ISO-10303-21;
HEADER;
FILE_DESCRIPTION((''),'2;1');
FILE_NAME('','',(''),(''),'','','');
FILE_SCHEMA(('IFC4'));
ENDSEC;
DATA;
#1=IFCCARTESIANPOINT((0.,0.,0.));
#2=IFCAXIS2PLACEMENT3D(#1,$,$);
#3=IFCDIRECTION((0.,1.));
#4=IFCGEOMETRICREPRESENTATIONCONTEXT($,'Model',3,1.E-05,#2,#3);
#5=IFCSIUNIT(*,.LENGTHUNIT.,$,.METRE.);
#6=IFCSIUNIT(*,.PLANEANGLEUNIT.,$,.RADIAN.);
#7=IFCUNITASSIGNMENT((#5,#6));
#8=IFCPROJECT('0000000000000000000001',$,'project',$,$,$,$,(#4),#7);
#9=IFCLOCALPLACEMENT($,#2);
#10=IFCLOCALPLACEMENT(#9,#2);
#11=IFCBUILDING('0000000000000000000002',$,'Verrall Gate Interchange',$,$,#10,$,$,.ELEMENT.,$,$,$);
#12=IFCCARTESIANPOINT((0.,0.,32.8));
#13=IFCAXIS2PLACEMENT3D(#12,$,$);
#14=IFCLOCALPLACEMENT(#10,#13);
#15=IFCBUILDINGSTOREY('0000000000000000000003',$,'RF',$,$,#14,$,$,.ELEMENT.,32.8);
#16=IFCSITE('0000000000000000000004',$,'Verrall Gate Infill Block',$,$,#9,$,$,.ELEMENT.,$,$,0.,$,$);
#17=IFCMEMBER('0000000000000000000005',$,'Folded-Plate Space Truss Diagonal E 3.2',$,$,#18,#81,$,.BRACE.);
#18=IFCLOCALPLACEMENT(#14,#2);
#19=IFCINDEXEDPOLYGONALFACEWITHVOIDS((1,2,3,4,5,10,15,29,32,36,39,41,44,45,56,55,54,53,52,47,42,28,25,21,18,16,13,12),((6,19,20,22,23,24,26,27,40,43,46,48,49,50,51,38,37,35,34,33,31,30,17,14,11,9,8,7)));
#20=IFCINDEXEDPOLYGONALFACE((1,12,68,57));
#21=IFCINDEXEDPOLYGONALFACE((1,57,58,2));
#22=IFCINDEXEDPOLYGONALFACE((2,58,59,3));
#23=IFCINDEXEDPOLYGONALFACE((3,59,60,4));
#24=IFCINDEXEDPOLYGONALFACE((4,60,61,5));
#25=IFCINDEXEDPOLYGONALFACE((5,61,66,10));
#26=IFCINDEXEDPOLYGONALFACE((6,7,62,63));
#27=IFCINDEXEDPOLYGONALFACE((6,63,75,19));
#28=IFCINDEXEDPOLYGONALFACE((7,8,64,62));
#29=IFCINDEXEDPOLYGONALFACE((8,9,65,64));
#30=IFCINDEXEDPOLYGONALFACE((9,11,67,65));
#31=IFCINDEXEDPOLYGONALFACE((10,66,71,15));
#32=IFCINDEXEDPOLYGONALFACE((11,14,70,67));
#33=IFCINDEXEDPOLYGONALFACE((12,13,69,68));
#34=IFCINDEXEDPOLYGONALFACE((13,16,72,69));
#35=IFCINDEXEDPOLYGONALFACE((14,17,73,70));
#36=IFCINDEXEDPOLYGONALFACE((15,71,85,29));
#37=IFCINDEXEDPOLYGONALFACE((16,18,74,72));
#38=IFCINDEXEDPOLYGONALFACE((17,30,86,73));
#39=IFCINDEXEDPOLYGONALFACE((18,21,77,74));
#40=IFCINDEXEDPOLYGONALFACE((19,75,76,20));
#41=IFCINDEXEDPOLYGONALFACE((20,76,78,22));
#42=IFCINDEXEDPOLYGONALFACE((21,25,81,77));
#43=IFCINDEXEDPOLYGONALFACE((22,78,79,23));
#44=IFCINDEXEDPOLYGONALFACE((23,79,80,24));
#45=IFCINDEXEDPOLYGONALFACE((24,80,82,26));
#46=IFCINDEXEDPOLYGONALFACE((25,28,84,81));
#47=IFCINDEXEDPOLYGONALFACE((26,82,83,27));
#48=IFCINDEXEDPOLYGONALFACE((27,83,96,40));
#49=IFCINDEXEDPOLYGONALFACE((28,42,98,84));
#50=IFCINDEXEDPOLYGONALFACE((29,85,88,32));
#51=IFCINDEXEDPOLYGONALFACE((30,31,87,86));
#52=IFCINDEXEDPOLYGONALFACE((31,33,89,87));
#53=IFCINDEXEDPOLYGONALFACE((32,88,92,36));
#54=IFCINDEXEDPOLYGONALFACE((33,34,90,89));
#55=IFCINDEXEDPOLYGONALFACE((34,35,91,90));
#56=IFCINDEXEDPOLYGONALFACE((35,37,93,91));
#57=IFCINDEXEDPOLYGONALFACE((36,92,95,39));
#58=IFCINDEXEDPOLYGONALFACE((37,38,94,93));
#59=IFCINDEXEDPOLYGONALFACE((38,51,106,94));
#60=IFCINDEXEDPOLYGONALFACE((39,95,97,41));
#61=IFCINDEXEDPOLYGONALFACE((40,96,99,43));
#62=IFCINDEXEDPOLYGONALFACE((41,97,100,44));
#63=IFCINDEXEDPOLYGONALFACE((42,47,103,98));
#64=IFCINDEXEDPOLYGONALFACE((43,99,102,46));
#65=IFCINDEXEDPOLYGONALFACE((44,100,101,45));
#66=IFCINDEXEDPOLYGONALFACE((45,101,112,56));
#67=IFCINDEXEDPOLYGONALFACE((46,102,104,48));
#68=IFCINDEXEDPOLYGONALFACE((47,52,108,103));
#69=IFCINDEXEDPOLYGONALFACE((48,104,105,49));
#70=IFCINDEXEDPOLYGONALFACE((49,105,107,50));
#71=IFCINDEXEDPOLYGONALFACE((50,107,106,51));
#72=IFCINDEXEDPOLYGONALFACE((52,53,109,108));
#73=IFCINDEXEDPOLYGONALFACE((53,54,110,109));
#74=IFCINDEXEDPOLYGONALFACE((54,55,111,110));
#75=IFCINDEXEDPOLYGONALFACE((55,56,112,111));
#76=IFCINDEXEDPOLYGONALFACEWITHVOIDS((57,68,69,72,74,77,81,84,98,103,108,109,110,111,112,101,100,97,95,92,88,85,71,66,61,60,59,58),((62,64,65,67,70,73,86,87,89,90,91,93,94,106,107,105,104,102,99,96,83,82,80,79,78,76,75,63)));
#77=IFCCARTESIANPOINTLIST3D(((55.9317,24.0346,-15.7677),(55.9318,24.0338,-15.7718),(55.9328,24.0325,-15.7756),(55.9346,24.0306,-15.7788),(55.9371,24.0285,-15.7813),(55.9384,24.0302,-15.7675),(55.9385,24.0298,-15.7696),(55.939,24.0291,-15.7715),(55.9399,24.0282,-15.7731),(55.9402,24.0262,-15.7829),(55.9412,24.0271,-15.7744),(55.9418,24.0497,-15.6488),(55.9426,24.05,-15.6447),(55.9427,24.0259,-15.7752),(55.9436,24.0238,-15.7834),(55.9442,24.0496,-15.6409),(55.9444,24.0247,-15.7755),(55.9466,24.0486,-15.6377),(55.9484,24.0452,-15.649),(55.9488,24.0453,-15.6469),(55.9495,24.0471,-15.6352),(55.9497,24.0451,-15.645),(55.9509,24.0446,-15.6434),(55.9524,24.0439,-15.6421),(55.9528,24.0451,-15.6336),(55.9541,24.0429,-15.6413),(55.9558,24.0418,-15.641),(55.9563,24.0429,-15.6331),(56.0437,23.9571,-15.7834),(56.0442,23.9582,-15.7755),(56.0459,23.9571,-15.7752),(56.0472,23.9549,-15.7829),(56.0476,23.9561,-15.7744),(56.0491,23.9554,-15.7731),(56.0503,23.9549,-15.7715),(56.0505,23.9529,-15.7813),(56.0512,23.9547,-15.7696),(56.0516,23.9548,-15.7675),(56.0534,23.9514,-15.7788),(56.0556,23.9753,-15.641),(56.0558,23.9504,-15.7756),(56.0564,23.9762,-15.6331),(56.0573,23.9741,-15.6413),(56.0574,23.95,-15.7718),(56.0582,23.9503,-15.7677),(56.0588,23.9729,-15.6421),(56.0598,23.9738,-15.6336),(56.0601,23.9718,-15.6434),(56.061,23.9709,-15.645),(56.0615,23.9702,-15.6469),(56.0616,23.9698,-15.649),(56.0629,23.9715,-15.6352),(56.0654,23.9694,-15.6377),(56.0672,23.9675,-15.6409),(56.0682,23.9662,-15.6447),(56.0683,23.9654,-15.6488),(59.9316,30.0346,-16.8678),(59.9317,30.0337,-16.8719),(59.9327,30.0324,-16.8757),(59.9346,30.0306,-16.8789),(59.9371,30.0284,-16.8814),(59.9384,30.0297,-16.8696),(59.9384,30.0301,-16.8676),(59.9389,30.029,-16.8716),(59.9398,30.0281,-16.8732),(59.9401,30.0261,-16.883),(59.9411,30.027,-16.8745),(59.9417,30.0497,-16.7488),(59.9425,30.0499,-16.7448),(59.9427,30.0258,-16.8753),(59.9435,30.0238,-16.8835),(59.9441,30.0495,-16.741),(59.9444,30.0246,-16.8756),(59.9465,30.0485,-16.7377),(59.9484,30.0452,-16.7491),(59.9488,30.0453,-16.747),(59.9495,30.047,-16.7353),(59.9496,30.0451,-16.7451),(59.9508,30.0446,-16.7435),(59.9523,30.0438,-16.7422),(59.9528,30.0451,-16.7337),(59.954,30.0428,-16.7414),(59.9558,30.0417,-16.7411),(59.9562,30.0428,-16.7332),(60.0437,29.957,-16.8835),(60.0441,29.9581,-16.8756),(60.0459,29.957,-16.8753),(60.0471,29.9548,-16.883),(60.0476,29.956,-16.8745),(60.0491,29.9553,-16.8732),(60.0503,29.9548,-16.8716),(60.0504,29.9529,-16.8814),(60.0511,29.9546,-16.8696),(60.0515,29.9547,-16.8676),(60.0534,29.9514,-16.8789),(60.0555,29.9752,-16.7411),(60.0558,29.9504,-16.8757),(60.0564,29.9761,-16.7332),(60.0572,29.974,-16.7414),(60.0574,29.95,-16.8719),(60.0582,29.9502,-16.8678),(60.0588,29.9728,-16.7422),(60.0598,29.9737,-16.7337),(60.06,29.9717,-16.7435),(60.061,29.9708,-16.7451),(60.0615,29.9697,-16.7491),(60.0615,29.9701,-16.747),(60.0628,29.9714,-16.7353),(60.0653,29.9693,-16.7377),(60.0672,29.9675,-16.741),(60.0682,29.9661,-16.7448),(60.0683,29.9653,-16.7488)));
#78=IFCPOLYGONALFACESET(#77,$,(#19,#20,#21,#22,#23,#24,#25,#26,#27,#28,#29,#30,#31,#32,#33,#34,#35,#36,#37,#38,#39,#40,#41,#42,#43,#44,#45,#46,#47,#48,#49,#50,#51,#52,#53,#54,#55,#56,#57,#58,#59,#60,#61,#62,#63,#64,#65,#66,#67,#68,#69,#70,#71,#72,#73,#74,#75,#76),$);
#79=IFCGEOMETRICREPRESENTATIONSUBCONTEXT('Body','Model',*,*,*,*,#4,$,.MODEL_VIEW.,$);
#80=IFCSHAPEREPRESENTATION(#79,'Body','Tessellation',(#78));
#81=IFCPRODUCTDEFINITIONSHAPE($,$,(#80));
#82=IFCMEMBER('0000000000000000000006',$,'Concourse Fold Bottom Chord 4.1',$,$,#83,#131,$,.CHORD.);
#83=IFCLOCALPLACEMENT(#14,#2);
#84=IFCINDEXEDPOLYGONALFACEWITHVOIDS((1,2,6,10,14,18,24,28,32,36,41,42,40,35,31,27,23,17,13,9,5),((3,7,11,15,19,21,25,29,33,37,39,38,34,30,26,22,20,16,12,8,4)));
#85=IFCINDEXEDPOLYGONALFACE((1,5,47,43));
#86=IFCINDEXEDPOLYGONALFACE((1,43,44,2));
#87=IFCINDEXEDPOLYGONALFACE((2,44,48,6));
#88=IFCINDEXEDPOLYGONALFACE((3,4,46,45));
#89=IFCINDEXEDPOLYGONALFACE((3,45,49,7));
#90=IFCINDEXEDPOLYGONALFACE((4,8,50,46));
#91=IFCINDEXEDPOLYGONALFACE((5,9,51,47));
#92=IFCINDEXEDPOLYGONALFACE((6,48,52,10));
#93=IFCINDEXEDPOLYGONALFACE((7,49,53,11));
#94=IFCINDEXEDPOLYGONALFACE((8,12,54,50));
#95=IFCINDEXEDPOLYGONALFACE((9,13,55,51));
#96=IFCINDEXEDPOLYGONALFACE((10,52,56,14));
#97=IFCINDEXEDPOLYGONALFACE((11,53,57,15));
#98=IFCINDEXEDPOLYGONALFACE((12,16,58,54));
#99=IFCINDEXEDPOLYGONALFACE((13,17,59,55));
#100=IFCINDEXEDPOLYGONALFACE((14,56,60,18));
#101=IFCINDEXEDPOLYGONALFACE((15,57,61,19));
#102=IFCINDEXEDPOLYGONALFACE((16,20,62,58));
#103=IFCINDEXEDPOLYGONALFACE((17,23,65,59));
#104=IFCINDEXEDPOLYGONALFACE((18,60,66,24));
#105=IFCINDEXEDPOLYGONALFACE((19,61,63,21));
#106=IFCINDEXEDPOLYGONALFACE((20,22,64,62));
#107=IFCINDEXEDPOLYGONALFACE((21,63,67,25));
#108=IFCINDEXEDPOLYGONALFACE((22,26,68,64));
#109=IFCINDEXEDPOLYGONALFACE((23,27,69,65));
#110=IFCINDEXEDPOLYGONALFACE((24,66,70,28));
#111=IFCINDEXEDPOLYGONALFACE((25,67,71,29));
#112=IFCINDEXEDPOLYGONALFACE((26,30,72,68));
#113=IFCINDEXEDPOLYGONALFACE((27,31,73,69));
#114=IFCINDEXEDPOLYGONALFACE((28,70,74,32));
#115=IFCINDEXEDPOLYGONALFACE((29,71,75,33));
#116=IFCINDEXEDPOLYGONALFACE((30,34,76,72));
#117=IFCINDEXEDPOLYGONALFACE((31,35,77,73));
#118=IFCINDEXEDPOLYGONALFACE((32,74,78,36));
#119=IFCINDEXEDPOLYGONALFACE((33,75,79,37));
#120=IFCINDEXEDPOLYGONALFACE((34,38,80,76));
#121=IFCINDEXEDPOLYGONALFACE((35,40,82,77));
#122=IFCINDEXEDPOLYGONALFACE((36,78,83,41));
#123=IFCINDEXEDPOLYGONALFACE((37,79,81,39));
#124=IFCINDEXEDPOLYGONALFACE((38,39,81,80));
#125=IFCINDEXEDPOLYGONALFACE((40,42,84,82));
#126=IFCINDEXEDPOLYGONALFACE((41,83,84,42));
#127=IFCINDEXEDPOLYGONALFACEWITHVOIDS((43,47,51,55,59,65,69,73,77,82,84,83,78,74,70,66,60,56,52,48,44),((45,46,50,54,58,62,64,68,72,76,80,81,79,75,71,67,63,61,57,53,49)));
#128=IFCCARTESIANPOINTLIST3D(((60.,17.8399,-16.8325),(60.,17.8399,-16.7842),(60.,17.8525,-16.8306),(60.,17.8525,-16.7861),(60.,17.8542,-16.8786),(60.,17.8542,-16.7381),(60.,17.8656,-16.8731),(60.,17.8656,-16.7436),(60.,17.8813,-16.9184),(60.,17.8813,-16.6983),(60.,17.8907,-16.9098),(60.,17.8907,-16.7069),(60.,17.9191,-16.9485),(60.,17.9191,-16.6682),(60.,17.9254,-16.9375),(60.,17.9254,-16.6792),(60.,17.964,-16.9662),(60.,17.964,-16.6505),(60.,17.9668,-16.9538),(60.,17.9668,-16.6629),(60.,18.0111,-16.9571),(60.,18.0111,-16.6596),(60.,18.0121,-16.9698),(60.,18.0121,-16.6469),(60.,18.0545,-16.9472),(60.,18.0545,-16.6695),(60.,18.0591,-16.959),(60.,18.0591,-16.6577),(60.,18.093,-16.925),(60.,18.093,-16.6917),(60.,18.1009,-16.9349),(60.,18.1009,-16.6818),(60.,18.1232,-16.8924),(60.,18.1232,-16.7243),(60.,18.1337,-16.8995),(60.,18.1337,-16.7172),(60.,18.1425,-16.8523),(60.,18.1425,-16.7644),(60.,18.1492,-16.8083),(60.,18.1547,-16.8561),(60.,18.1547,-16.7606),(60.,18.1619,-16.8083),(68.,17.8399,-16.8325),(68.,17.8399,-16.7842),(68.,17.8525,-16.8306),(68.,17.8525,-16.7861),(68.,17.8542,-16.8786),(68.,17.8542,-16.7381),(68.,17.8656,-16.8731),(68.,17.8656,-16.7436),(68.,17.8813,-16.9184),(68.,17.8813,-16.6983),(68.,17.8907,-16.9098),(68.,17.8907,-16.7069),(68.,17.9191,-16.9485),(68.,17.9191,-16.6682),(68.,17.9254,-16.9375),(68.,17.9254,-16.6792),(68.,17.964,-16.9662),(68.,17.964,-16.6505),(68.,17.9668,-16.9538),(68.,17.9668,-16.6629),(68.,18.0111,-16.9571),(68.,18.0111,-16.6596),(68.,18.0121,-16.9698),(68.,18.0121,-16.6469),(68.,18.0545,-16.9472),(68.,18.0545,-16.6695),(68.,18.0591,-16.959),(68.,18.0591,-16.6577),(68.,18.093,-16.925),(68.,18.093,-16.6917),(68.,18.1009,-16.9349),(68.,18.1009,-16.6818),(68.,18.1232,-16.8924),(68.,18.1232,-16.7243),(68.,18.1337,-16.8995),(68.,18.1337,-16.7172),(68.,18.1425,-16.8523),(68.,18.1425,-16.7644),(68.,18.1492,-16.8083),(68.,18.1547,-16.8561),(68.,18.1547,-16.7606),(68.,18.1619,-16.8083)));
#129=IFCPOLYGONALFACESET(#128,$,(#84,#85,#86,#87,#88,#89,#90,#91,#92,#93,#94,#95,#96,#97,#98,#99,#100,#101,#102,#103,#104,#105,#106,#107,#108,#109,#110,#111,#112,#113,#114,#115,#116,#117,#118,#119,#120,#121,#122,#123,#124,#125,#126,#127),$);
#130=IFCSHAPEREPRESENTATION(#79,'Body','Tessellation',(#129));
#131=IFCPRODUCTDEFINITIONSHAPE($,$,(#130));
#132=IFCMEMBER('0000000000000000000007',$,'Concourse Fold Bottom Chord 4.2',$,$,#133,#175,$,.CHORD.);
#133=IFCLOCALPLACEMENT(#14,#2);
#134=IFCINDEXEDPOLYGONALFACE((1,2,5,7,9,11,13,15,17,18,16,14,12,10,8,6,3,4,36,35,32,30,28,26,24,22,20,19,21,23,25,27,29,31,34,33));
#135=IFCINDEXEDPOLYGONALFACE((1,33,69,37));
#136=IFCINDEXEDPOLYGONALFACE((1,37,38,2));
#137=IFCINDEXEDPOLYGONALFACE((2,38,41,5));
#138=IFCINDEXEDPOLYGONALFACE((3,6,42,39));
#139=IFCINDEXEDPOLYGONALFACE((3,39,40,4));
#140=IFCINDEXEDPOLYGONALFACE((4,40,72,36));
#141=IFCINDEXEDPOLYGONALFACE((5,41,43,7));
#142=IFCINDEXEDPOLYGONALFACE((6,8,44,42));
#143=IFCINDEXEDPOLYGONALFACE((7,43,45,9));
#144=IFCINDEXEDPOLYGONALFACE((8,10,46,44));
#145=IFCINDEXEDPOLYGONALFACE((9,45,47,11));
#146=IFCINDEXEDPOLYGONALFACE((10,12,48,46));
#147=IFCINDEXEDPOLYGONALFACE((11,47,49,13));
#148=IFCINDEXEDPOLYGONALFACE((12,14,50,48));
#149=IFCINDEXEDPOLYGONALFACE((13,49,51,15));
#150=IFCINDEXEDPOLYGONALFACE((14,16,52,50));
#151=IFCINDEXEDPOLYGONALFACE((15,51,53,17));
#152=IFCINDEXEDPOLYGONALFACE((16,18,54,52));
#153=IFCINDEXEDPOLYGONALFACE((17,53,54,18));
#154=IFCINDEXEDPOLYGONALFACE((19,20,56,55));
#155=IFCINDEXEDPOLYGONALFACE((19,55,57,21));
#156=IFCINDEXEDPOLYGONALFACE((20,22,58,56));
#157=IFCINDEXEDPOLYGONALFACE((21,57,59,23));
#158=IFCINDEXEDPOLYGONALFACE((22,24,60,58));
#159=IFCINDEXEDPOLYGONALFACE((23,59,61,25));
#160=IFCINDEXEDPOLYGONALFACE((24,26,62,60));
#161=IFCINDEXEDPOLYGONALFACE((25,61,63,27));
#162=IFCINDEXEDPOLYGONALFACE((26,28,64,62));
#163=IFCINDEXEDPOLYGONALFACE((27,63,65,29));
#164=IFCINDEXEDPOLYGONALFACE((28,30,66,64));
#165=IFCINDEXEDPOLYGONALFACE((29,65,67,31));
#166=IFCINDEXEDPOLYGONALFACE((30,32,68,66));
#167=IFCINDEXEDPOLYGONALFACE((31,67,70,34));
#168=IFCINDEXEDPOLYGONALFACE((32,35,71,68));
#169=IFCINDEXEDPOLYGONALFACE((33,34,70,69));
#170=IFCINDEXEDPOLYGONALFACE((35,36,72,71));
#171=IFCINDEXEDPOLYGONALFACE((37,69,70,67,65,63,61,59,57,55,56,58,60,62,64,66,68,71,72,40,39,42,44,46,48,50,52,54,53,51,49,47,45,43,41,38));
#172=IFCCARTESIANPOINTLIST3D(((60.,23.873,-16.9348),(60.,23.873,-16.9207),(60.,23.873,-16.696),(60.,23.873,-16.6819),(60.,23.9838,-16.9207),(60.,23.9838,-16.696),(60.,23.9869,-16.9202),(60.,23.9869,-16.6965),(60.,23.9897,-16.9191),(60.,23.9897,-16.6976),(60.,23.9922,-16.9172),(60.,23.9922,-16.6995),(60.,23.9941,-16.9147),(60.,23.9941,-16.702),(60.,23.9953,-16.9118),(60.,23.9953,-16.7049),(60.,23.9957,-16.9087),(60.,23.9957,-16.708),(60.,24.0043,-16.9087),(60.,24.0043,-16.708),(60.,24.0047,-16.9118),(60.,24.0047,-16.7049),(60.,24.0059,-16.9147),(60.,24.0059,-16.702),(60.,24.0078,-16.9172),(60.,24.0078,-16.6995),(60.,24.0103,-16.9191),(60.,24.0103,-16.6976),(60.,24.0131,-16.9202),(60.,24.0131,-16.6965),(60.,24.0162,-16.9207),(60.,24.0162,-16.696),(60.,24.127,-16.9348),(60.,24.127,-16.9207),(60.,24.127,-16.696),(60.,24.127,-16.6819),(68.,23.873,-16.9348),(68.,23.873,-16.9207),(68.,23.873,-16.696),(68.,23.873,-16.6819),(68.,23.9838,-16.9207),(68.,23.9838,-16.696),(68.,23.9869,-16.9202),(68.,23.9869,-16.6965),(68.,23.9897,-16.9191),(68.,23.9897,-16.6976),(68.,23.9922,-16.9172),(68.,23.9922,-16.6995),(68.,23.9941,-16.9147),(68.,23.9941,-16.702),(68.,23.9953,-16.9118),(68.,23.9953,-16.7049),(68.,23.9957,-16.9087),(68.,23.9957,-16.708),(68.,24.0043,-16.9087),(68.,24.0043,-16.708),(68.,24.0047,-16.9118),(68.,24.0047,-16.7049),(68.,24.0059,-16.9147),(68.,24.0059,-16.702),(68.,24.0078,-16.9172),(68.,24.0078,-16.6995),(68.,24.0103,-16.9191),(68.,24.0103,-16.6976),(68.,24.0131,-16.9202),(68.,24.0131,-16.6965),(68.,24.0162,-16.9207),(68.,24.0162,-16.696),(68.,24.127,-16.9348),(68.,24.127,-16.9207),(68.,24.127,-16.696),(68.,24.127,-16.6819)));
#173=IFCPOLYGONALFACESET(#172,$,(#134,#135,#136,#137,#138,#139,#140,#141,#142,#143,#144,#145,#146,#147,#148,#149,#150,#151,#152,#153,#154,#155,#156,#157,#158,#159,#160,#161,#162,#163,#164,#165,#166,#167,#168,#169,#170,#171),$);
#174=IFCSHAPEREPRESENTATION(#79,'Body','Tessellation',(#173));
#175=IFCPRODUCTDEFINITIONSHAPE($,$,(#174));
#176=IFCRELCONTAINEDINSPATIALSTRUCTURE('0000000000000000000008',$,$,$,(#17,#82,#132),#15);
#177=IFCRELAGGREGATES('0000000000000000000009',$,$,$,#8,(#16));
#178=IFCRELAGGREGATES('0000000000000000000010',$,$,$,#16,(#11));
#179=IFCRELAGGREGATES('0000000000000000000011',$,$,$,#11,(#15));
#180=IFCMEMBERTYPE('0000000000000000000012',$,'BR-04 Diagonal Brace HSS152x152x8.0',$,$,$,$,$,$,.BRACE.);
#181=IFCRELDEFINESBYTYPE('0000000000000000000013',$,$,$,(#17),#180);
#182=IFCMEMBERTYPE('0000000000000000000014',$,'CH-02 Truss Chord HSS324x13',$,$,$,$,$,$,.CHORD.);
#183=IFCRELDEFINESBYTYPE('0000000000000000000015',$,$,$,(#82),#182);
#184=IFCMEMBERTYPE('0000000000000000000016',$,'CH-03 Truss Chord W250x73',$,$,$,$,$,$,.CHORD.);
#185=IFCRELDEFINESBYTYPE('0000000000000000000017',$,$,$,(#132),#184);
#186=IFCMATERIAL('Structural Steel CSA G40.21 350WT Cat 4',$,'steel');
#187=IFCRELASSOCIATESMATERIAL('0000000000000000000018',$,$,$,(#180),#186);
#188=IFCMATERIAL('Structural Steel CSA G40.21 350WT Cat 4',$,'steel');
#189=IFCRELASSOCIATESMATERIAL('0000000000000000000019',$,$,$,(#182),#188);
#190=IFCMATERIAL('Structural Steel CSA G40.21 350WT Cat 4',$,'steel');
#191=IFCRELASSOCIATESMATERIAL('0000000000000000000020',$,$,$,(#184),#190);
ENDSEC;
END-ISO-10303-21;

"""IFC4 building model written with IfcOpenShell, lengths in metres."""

from ifc_helpers import new_model, si_unit, direction, frame, origin, origin_2d, place, context, subcontext, project, spatial, hollow_rectangle, hollow_circle, i_section, extrude, material, material_profile, profile_set, type_object, element, save


model = new_model("IFC4")

# Units and contexts
model_context = context("Model", 3, precision=1e-05, world=origin(), true_north=direction((0.0, 1.0)))
body_context = subcontext(model_context, "Body", "Model", "MODEL_VIEW")
ifc_project = project(units=[si_unit("LENGTHUNIT", "METRE"), si_unit("PLANEANGLEUNIT", "RADIAN")], contexts=[model_context])

# Site, building, storey
site_placement = place(None, origin())
site = spatial("IfcSite", under=ifc_project, at=site_placement, Name="Verrall Gate Infill Block", CompositionType="ELEMENT", RefElevation=0.0)
building_placement = place(site_placement, origin())
building = spatial("IfcBuilding", under=site, at=building_placement, Name="Verrall Gate Interchange", CompositionType="ELEMENT")
storey_placement = place(building_placement, frame((0.0, 0.0, 32.8)))
storey = spatial("IfcBuildingStorey", under=building, at=storey_placement, Name="RF", CompositionType="ELEMENT", Elevation=32.8)

# Members
ifc_material_1 = material(Name="Structural Steel CSA G40.21 350WT Cat 4", Category="steel")
ifc_material_profile_1 = material_profile(ifc_material_1, hollow_rectangle(XDim=0.1521, YDim=0.1521, WallThickness=0.0081, InnerFilletRadius=0.0081, OuterFilletRadius=0.0159, at=origin_2d()), Name="HSS152x152x8.0")
ifc_profile_set_1 = profile_set([ifc_material_profile_1], Name="Structural Steel CSA G40.21 350WT Cat 4")
member_type_1 = type_object("IfcMemberType", Name="BR-04 Diagonal Brace HSS152x152x8.0", PredefinedType="BRACE", material=ifc_profile_set_1)
for number, where, z_axis, x_axis, name in (
    (1, (56.0, 24.0, -15.7083), (0.548356, 0.822534, -0.150811), (-0.83205, 0.5547, 0.0), "Folded-Plate Space Truss Diagonal E 3.2"),
):
    element("IfcMember", number, at=place(storey_placement, frame(where, z_axis=z_axis, x_axis=x_axis)), inside=storey, type_object=member_type_1, Name=name, PredefinedType="BRACE", context=body_context, shape_type="SweptSolid", body=[
        extrude(hollow_rectangle(XDim=0.1521, YDim=0.1521, WallThickness=0.0081, InnerFilletRadius=0.0081, OuterFilletRadius=0.0159, at=origin_2d()), origin(), (0.0, 0.0, 1.0), 7.2944),
    ])
ifc_material_2 = material(Name="Structural Steel CSA G40.21 350WT Cat 4", Category="steel")
ifc_material_profile_2 = material_profile(ifc_material_2, hollow_circle(Radius=0.1619, WallThickness=0.0127, at=origin_2d()), Name="HSS324x13")
ifc_profile_set_2 = profile_set([ifc_material_profile_2], Name="Structural Steel CSA G40.21 350WT Cat 4")
member_type_2 = type_object("IfcMemberType", Name="CH-02 Truss Chord HSS324x13", PredefinedType="CHORD", material=ifc_profile_set_2)
member_1_placement = place(storey_placement, frame((60.0, 18.0, -16.8083), z_axis=(1.0, 0.0, 0.0), x_axis=(0.0, 1.0, 0.0)))
element("IfcMember", 2, at=member_1_placement, inside=storey, type_object=member_type_2, Name="Concourse Fold Bottom Chord 4.1", PredefinedType="CHORD", context=body_context, shape_type="SweptSolid", body=[
    extrude(hollow_circle(Radius=0.1619, WallThickness=0.0127, at=origin_2d()), origin(), (0.0, 0.0, 1.0), 8.0),
])
ifc_material_3 = material(Name="Structural Steel CSA G40.21 350WT Cat 4", Category="steel")
ifc_material_profile_3 = material_profile(ifc_material_3, i_section(OverallWidth=0.2539, OverallDepth=0.2529, WebThickness=0.0085, FlangeThickness=0.0142, FilletRadius=0.012, at=origin_2d()), Name="W250x73")
ifc_profile_set_3 = profile_set([ifc_material_profile_3], Name="Structural Steel CSA G40.21 350WT Cat 4")
member_type_3 = type_object("IfcMemberType", Name="CH-03 Truss Chord W250x73", PredefinedType="CHORD", material=ifc_profile_set_3)
member_2_placement = place(storey_placement, frame((60.0, 24.0, -16.8083), z_axis=(1.0, 0.0, 0.0), x_axis=(0.0, 1.0, 0.0)))
element("IfcMember", 3, at=member_2_placement, inside=storey, type_object=member_type_3, Name="Concourse Fold Bottom Chord 4.2", PredefinedType="CHORD", context=body_context, shape_type="SweptSolid", body=[
    extrude(i_section(OverallWidth=0.2539, OverallDepth=0.2529, WebThickness=0.0085, FlangeThickness=0.0142, FilletRadius=0.012, at=origin_2d()), origin(), (0.0, 0.0, 1.0), 8.0),
])

save(model, "model.ifc")
